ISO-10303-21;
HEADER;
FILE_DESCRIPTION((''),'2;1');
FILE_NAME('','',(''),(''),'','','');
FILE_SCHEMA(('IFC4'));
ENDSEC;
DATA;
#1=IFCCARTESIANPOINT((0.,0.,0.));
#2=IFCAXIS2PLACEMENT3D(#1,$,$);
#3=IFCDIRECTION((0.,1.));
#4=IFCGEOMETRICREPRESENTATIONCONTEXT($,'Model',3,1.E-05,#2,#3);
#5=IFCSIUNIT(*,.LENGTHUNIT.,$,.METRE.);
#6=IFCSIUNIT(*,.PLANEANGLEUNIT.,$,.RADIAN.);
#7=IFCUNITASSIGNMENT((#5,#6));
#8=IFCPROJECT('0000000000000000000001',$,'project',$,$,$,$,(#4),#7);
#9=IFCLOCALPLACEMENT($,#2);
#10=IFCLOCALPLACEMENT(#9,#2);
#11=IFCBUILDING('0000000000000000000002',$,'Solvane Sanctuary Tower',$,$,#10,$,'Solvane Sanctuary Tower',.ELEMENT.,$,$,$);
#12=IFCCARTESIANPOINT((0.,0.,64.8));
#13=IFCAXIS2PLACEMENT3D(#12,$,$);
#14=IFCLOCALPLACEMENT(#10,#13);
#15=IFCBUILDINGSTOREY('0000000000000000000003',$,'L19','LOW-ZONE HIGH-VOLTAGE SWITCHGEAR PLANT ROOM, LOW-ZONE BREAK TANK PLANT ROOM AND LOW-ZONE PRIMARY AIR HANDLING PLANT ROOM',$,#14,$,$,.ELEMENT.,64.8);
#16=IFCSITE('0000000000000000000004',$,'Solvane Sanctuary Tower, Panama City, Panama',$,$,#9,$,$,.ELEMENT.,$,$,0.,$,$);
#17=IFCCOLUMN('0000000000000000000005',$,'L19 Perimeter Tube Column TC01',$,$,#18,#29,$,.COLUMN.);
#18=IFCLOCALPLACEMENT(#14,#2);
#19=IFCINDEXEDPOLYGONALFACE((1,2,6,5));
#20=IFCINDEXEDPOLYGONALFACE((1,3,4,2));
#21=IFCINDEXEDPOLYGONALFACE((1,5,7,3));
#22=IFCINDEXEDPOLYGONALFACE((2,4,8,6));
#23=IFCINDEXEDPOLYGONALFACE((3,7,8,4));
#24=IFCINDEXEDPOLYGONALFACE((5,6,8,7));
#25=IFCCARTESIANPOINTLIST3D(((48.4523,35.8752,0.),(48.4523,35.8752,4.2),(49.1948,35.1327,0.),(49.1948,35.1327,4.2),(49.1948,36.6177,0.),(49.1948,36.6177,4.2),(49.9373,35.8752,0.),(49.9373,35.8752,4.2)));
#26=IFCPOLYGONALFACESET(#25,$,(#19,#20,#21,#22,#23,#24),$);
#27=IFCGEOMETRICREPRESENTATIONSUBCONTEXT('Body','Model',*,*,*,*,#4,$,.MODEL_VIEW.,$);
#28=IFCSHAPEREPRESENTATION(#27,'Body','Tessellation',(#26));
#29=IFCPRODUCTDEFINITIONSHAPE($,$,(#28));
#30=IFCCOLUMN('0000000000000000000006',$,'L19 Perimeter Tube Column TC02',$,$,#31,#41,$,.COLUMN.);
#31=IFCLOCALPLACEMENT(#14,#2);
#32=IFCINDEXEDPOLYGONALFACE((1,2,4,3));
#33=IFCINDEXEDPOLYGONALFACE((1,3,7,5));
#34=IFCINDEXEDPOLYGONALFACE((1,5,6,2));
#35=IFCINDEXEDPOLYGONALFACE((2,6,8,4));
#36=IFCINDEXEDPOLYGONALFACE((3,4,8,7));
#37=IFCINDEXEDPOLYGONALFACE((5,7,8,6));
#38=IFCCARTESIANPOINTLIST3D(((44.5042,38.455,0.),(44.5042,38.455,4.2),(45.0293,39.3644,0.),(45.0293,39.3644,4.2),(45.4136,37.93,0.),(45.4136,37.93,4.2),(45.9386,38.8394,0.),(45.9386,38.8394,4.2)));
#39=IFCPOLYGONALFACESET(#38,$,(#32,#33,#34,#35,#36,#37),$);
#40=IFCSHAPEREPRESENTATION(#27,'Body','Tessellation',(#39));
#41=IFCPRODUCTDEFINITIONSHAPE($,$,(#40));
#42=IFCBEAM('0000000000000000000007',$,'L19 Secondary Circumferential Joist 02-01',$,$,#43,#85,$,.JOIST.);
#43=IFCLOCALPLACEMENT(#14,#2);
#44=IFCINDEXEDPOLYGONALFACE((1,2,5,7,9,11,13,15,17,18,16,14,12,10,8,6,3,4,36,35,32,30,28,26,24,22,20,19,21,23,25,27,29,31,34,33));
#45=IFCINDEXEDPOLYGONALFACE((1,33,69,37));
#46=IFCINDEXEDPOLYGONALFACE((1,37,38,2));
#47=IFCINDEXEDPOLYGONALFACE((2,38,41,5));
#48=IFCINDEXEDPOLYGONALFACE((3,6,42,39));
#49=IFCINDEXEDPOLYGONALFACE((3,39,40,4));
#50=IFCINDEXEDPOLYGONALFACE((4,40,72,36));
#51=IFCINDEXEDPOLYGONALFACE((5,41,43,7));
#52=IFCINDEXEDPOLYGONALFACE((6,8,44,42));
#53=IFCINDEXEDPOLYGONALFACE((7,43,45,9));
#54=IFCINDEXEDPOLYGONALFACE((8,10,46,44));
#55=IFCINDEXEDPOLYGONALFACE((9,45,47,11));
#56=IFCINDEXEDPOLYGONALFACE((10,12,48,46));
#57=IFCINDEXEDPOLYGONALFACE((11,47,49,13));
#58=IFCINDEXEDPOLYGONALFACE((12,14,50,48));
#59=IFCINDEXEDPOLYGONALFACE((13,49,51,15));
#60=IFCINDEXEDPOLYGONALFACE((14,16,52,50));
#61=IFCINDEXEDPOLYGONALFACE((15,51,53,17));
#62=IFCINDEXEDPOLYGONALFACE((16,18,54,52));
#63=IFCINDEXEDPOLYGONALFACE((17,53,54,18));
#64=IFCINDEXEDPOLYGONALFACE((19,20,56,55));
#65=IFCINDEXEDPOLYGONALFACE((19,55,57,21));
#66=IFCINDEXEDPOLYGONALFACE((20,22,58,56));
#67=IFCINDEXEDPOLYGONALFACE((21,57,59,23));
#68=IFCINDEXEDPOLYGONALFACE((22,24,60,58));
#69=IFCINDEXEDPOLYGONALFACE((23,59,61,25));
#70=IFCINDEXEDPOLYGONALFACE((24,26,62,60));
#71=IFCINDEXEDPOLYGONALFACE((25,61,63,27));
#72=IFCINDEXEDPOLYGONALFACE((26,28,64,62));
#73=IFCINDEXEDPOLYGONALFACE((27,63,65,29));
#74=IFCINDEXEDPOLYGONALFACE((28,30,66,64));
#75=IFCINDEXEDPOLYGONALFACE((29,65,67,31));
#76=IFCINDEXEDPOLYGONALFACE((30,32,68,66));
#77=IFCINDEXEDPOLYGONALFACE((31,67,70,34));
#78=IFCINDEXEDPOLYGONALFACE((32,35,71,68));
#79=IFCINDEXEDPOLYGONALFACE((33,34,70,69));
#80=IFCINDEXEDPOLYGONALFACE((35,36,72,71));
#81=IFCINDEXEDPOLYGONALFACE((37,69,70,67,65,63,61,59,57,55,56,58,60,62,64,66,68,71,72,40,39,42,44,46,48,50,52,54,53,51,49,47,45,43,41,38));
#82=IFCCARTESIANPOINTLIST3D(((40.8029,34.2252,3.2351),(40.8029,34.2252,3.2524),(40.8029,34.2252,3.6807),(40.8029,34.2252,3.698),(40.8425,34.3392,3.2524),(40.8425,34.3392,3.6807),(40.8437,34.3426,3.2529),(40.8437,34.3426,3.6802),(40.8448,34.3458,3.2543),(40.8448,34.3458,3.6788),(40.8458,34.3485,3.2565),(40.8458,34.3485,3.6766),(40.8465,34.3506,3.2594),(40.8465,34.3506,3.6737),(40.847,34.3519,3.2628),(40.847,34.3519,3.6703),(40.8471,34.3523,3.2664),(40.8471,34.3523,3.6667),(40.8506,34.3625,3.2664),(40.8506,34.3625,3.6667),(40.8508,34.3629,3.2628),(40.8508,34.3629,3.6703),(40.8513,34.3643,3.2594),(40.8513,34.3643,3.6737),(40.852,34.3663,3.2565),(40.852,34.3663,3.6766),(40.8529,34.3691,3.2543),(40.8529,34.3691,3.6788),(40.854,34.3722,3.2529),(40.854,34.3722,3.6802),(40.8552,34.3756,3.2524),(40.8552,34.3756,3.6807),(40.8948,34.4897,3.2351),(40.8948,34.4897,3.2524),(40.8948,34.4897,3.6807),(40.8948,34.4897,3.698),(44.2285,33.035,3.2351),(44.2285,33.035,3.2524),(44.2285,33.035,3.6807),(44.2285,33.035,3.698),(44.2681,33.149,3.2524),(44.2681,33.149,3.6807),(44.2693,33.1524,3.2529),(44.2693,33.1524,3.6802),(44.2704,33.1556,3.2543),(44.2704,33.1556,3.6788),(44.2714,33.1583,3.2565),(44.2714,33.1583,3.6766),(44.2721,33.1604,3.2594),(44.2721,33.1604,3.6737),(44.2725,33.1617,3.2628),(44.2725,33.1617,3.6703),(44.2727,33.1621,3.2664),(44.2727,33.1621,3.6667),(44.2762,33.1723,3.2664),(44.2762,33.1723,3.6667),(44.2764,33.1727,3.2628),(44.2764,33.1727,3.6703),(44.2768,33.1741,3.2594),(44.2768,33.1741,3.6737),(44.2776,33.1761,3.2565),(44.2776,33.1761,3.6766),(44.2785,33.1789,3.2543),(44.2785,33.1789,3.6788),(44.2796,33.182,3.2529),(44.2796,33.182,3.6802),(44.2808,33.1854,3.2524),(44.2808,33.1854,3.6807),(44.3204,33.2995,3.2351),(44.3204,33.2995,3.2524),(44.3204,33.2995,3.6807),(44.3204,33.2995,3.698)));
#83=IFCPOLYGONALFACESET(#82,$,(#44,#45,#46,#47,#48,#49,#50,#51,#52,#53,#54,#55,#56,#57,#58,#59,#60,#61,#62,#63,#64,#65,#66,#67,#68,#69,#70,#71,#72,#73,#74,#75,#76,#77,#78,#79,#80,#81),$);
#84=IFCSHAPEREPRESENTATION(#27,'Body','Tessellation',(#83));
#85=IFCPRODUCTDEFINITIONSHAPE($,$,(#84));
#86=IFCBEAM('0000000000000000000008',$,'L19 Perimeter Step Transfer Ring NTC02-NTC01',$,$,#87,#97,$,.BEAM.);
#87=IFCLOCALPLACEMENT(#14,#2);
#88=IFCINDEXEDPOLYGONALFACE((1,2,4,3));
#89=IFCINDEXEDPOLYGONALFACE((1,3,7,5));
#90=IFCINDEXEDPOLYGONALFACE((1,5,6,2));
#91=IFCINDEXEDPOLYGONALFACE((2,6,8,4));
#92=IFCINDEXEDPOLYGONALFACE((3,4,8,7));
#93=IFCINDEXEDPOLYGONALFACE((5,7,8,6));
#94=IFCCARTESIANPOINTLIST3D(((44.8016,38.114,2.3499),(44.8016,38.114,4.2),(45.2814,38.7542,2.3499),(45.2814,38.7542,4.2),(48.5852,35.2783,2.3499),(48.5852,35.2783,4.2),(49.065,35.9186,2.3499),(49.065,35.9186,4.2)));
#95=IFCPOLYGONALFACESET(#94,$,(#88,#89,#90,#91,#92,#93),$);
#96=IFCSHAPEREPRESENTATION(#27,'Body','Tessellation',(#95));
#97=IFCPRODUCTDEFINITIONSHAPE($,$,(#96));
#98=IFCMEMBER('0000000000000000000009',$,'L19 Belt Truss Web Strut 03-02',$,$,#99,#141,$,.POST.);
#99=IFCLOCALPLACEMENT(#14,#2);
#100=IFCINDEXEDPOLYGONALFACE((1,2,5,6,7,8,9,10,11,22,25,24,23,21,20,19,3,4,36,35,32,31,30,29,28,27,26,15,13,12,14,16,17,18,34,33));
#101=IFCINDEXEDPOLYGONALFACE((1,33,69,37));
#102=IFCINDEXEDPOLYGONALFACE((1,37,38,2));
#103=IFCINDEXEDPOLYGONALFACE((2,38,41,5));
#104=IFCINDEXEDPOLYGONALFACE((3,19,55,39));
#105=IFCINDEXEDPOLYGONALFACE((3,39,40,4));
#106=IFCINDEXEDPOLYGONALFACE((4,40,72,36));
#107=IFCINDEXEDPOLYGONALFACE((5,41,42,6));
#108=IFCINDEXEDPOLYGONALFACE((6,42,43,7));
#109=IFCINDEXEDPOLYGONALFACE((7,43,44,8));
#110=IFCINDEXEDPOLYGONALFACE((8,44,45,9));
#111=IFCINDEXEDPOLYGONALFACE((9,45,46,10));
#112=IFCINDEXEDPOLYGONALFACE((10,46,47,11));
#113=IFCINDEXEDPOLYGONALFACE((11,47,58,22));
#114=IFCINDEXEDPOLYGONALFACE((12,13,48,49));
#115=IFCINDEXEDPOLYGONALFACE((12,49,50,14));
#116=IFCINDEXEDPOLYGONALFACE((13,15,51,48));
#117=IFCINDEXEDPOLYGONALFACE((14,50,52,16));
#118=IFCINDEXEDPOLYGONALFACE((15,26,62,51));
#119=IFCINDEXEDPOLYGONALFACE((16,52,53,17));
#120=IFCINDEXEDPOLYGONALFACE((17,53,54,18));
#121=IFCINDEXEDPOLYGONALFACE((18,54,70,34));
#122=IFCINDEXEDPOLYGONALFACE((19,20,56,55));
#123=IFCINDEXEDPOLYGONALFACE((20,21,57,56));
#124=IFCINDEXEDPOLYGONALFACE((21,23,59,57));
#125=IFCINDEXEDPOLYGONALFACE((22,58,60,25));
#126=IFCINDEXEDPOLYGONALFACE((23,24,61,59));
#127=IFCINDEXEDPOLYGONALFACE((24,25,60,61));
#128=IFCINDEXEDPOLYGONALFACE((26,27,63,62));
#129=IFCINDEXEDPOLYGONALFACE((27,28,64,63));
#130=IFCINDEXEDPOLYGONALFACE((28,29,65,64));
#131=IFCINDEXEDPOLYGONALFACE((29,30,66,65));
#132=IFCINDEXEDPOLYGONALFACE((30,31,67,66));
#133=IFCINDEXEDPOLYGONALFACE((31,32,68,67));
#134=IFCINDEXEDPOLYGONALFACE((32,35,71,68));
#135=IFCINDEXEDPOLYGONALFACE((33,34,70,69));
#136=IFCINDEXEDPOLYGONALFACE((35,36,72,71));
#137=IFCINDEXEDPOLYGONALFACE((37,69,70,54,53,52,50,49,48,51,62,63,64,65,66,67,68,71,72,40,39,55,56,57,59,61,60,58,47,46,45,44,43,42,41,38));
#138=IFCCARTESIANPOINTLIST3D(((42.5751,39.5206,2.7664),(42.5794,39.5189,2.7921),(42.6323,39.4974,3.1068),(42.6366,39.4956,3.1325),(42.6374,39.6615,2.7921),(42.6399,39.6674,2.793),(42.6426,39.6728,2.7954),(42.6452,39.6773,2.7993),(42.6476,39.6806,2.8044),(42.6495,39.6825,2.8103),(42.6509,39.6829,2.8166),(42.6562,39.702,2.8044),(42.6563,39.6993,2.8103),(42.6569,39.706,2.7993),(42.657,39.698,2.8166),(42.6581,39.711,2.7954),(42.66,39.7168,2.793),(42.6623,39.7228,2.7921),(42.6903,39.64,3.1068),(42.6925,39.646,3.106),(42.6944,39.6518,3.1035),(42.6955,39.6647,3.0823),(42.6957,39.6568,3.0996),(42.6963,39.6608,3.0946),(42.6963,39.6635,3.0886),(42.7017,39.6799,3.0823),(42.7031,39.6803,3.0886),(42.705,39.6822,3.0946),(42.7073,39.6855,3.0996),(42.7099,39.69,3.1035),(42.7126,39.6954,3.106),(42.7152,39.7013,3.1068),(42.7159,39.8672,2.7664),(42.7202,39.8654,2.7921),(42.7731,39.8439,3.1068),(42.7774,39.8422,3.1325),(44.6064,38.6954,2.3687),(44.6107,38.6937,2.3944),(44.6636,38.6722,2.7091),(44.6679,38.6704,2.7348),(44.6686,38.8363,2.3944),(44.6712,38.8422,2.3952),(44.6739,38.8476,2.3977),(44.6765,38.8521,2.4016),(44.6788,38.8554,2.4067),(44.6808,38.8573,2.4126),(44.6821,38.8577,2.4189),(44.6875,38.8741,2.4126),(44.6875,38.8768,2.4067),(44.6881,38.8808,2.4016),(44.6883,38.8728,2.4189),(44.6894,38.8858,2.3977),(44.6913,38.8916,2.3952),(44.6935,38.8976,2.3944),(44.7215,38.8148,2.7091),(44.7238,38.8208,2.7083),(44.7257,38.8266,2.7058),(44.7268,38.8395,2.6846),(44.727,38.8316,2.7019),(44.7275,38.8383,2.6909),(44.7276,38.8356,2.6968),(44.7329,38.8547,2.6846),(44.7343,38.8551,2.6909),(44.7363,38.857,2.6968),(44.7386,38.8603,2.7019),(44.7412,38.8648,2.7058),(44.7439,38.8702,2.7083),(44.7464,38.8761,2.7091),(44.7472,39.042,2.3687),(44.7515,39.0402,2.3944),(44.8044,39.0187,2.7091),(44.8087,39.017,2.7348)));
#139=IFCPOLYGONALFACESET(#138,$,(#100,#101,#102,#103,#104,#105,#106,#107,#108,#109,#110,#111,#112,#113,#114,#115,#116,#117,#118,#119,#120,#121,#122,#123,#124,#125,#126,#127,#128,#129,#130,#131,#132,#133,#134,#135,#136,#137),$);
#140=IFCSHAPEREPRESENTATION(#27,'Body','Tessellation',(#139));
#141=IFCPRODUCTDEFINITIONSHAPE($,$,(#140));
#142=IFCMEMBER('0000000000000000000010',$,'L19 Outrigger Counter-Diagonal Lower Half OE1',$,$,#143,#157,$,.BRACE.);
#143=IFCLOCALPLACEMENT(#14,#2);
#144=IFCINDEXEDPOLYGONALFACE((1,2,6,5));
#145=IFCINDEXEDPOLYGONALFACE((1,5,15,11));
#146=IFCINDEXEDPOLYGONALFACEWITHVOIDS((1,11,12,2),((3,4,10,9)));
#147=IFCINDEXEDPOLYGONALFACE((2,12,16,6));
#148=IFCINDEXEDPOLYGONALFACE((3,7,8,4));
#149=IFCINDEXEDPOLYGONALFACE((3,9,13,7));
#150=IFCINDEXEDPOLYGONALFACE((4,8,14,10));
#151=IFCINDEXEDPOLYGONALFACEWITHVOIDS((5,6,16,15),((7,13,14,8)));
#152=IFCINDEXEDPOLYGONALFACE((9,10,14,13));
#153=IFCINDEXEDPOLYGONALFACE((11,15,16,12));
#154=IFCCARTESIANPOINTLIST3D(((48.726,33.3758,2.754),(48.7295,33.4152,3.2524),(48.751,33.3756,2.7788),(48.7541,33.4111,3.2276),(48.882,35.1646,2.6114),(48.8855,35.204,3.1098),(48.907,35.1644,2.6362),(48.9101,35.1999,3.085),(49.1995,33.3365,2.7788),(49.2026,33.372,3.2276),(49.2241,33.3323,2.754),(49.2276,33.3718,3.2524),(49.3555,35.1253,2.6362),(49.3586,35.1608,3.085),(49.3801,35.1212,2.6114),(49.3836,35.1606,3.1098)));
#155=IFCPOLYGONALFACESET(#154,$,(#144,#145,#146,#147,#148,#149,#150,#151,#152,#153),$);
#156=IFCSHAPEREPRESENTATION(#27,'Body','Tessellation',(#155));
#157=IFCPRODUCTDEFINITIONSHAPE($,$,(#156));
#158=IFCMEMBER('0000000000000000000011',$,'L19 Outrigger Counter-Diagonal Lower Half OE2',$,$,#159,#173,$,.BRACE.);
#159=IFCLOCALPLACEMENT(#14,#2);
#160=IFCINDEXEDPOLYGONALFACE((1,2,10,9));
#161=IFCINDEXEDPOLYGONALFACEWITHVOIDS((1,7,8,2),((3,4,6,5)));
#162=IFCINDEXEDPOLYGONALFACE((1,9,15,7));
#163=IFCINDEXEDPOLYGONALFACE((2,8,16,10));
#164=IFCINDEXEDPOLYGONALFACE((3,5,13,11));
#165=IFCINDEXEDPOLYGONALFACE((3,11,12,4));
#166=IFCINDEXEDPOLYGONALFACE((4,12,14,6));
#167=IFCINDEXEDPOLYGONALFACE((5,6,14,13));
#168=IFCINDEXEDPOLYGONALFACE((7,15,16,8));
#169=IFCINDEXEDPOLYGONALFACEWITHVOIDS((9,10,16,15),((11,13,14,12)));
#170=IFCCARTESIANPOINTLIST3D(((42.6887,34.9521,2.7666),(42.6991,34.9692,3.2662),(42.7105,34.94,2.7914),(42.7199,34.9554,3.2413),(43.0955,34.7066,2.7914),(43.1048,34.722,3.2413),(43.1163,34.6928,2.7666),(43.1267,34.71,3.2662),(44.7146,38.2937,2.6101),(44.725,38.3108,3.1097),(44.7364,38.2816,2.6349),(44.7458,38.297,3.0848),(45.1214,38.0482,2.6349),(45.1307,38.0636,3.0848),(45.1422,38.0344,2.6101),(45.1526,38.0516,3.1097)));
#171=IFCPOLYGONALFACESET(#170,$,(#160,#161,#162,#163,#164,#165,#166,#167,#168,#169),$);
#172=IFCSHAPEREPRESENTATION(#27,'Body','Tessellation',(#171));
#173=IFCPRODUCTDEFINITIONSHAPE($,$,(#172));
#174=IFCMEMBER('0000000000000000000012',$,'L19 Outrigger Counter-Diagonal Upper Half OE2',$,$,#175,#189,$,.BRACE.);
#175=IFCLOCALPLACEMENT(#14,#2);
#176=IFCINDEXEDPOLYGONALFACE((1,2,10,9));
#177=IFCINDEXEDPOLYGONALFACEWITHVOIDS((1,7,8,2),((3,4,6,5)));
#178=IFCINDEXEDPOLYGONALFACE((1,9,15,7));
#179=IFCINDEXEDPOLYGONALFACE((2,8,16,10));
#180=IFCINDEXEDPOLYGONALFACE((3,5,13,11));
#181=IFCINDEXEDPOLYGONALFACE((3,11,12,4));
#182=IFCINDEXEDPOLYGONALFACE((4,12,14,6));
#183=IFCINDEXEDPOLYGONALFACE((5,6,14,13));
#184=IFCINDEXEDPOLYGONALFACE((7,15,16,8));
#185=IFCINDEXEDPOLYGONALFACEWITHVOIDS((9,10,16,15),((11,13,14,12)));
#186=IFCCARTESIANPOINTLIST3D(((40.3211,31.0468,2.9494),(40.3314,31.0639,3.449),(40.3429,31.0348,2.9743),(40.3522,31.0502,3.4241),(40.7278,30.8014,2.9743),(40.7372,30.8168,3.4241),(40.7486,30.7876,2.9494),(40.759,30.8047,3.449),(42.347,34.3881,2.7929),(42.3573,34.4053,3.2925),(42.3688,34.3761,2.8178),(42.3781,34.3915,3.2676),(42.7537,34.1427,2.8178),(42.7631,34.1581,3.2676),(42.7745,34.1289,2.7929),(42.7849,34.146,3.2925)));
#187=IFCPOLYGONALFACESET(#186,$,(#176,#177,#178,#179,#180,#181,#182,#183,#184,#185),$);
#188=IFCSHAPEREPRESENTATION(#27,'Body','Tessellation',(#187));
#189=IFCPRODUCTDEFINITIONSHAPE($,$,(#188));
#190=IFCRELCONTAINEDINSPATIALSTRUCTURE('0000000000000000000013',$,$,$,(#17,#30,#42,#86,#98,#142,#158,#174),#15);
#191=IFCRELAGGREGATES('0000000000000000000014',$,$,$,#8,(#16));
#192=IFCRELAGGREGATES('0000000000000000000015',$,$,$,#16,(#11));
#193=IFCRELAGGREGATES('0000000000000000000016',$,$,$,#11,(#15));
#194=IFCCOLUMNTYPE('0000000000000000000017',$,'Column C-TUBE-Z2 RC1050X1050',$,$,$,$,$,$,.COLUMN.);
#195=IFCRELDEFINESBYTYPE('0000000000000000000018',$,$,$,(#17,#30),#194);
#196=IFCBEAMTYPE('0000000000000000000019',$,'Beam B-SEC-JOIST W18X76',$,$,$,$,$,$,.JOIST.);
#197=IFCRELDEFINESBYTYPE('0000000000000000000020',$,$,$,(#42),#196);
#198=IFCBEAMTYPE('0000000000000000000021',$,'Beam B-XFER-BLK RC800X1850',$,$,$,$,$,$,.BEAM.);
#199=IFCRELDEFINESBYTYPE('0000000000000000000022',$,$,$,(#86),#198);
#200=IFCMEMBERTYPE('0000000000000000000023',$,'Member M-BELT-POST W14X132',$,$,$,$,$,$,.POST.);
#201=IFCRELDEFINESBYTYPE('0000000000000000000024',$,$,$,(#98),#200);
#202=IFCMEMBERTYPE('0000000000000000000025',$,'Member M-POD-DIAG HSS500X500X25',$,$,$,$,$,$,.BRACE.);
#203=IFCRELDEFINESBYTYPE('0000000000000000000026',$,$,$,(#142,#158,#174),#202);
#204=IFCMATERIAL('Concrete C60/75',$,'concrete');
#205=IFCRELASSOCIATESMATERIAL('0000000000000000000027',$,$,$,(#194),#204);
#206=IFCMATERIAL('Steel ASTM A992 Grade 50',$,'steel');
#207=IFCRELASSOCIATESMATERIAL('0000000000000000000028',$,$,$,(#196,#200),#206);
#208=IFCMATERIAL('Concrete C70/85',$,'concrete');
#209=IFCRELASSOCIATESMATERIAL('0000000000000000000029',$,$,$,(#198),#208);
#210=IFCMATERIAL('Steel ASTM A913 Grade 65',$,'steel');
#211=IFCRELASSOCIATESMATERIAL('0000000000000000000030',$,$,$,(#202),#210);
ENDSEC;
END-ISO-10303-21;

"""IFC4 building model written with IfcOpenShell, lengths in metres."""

from ifc_helpers import new_model, si_unit, direction, frame, origin, origin_2d, place, context, subcontext, project, spatial, rectangle, hollow_rectangle, i_section, extrude, material, material_profile, profile_set, type_object, element, save


model = new_model("IFC4")

# Units and contexts
model_context = context("Model", 3, precision=1e-05, world=origin(), true_north=direction((0.0, 1.0)))
body_context = subcontext(model_context, "Body", "Model", "MODEL_VIEW")
ifc_project = project(units=[si_unit("LENGTHUNIT", "METRE"), si_unit("PLANEANGLEUNIT", "RADIAN")], contexts=[model_context])

# Site, building, storey
site_placement = place(None, origin())
site = spatial("IfcSite", under=ifc_project, at=site_placement, Name="Solvane Sanctuary Tower, Panama City, Panama", CompositionType="ELEMENT", RefElevation=0.0)
building_placement = place(site_placement, origin())
building = spatial("IfcBuilding", under=site, at=building_placement, Name="Solvane Sanctuary Tower", LongName="Solvane Sanctuary Tower", CompositionType="ELEMENT")
storey_placement = place(building_placement, frame((0.0, 0.0, 64.8)))
storey = spatial("IfcBuildingStorey", under=building, at=storey_placement, Name="L19", Description="LOW-ZONE HIGH-VOLTAGE SWITCHGEAR PLANT ROOM, LOW-ZONE BREAK TANK PLANT ROOM AND LOW-ZONE PRIMARY AIR HANDLING PLANT ROOM", CompositionType="ELEMENT", Elevation=64.8)

# Columns
ifc_material_1 = material(Name="Concrete C60/75", Category="concrete")
ifc_material_profile_1 = material_profile(ifc_material_1, rectangle(XDim=1.05, YDim=1.05, at=origin_2d()), Name="RC1050X1050")
ifc_profile_set_1 = profile_set([ifc_material_profile_1], Name="Concrete C60/75")
column_type = type_object("IfcColumnType", Name="Column C-TUBE-Z2 RC1050X1050", PredefinedType="COLUMN", material=ifc_profile_set_1)
for number, where, z_axis, x_axis, name in (
    (1, (49.1948, 35.8752, 0.0), (0.0, 0.0, 1.0), (0.707107, 0.707107, 0.0), "L19 Perimeter Tube Column TC01"),
    (2, (45.2214, 38.6472, 0.0), (0.0, 0.0, 1.0), (0.5, 0.866025, 0.0), "L19 Perimeter Tube Column TC02"),
):
    element("IfcColumn", number, at=place(storey_placement, frame(where, z_axis=z_axis, x_axis=x_axis)), inside=storey, type_object=column_type, Name=name, PredefinedType="COLUMN", context=body_context, shape_type="SweptSolid", body=[
        extrude(rectangle(XDim=1.05, YDim=1.05, at=origin_2d()), origin(), (0.0, 0.0, 1.0), 4.2),
    ])

# Beams
ifc_material_2 = material(Name="Steel ASTM A992 Grade 50", Category="steel")
ifc_material_profile_2 = material_profile(ifc_material_2, i_section(OverallWidth=0.28, OverallDepth=0.4629, WebThickness=0.0107, FlangeThickness=0.0173, FilletRadius=0.0139, at=origin_2d()), Name="W18X76")
ifc_profile_set_2 = profile_set([ifc_material_profile_2], Name="Steel ASTM A992 Grade 50")
beam_type_1 = type_object("IfcBeamType", Name="Beam B-SEC-JOIST W18X76", PredefinedType="JOIST", material=ifc_profile_set_2)
beam_1_placement = place(storey_placement, frame((40.8489, 34.3574, 3.4666), z_axis=(0.944608, -0.328199, 0.0), x_axis=(0.328199, 0.944608, 0.0)))
element("IfcBeam", 3, at=beam_1_placement, inside=storey, type_object=beam_type_1, Name="L19 Secondary Circumferential Joist 02-01", PredefinedType="JOIST", context=body_context, shape_type="SweptSolid", body=[
    extrude(i_section(OverallWidth=0.28, OverallDepth=0.4629, WebThickness=0.0107, FlangeThickness=0.0173, FilletRadius=0.0139, at=origin_2d()), origin(), (0.0, 0.0, 1.0), 3.6265),
])
ifc_material_3 = material(Name="Concrete C70/85", Category="concrete")
ifc_material_profile_3 = material_profile(ifc_material_3, rectangle(XDim=0.8, YDim=1.8501, at=origin_2d()), Name="RC800X1850")
ifc_profile_set_3 = profile_set([ifc_material_profile_3], Name="Concrete C70/85")
beam_type_2 = type_object("IfcBeamType", Name="Beam B-XFER-BLK RC800X1850", PredefinedType="BEAM", material=ifc_profile_set_3)
beam_2_placement = place(storey_placement, frame((45.0415, 38.4341, 3.2749), z_axis=(0.800211, -0.599719, 0.0), x_axis=(0.599719, 0.800211, 0.0)))
element("IfcBeam", 4, at=beam_2_placement, inside=storey, type_object=beam_type_2, Name="L19 Perimeter Step Transfer Ring NTC02-NTC01", PredefinedType="BEAM", context=body_context, shape_type="SweptSolid", body=[
    extrude(rectangle(XDim=0.8, YDim=1.8501, at=origin_2d()), origin(), (0.0, 0.0, 1.0), 4.7283),
])

# Members
ifc_material_profile_4 = material_profile(ifc_material_2, i_section(OverallWidth=0.374, OverallDepth=0.3721, WebThickness=0.0164, FlangeThickness=0.0261, FilletRadius=0.0249, at=origin_2d()), Name="W14X132")
ifc_profile_set_4 = profile_set([ifc_material_profile_4], Name="Steel ASTM A992 Grade 50")
member_type_1 = type_object("IfcMemberType", Name="Member M-BELT-POST W14X132", PredefinedType="POST", material=ifc_profile_set_4)
member_1_placement = place(storey_placement, frame((42.6763, 39.6814, 2.9495), z_axis=(0.91159, -0.370334, -0.178483), x_axis=(0.376377, 0.926467, 0.0)))
element("IfcMember", 5, at=member_1_placement, inside=storey, type_object=member_type_1, Name="L19 Belt Truss Web Strut 03-02", PredefinedType="POST", context=body_context, shape_type="SweptSolid", body=[
    extrude(i_section(OverallWidth=0.374, OverallDepth=0.3721, WebThickness=0.0164, FlangeThickness=0.0261, FilletRadius=0.0249, at=origin_2d()), origin(), (0.0, 0.0, 1.0), 2.2283),
])
ifc_material_4 = material(Name="Steel ASTM A913 Grade 65", Category="steel")
ifc_material_profile_5 = material_profile(ifc_material_4, hollow_rectangle(XDim=0.5, YDim=0.5, WallThickness=0.0249, at=origin_2d()), Name="HSS500X500X25")
ifc_profile_set_5 = profile_set([ifc_material_profile_5], Name="Steel ASTM A913 Grade 65")
member_type_2 = type_object("IfcMemberType", Name="Member M-POD-DIAG HSS500X500X25", PredefinedType="BRACE", material=ifc_profile_set_5)
member_2_placement = place(storey_placement, frame((49.1328, 35.1626, 2.8606), z_axis=(-0.086609, -0.993093, 0.079155), x_axis=(0.996219, -0.086882, 0.0)))
element("IfcMember", 6, at=member_2_placement, inside=storey, type_object=member_type_2, Name="L19 Outrigger Counter-Diagonal Lower Half OE1", PredefinedType="BRACE", context=body_context, shape_type="SweptSolid", body=[
    extrude(hollow_rectangle(XDim=0.5, YDim=0.5, WallThickness=0.0249, at=origin_2d()), origin(), (0.0, 0.0, 1.0), 1.8013),
])
member_3_placement = place(storey_placement, frame((44.9336, 38.1726, 2.8599), z_axis=(-0.518017, -0.854434, 0.040016), x_axis=(0.855119, -0.518432, 0.0)))
element("IfcMember", 7, at=member_3_placement, inside=storey, type_object=member_type_2, Name="L19 Outrigger Counter-Diagonal Lower Half OE2", PredefinedType="BRACE", context=body_context, shape_type="SweptSolid", body=[
    extrude(hollow_rectangle(XDim=0.5, YDim=0.5, WallThickness=0.0249, at=origin_2d()), origin(), (0.0, 0.0, 1.0), 3.9109),
])
member_4_placement = place(storey_placement, frame((42.5659, 34.2671, 3.0427), z_axis=(-0.518044, -0.854417, 0.040018), x_axis=(0.855102, -0.51846, 0.0)))
element("IfcMember", 8, at=member_4_placement, inside=storey, type_object=member_type_2, Name="L19 Outrigger Counter-Diagonal Upper Half OE2", PredefinedType="BRACE", context=body_context, shape_type="SweptSolid", body=[
    extrude(hollow_rectangle(XDim=0.5, YDim=0.5, WallThickness=0.0249, at=origin_2d()), origin(), (0.0, 0.0, 1.0), 3.9106),
])

save(model, "model.ifc")
